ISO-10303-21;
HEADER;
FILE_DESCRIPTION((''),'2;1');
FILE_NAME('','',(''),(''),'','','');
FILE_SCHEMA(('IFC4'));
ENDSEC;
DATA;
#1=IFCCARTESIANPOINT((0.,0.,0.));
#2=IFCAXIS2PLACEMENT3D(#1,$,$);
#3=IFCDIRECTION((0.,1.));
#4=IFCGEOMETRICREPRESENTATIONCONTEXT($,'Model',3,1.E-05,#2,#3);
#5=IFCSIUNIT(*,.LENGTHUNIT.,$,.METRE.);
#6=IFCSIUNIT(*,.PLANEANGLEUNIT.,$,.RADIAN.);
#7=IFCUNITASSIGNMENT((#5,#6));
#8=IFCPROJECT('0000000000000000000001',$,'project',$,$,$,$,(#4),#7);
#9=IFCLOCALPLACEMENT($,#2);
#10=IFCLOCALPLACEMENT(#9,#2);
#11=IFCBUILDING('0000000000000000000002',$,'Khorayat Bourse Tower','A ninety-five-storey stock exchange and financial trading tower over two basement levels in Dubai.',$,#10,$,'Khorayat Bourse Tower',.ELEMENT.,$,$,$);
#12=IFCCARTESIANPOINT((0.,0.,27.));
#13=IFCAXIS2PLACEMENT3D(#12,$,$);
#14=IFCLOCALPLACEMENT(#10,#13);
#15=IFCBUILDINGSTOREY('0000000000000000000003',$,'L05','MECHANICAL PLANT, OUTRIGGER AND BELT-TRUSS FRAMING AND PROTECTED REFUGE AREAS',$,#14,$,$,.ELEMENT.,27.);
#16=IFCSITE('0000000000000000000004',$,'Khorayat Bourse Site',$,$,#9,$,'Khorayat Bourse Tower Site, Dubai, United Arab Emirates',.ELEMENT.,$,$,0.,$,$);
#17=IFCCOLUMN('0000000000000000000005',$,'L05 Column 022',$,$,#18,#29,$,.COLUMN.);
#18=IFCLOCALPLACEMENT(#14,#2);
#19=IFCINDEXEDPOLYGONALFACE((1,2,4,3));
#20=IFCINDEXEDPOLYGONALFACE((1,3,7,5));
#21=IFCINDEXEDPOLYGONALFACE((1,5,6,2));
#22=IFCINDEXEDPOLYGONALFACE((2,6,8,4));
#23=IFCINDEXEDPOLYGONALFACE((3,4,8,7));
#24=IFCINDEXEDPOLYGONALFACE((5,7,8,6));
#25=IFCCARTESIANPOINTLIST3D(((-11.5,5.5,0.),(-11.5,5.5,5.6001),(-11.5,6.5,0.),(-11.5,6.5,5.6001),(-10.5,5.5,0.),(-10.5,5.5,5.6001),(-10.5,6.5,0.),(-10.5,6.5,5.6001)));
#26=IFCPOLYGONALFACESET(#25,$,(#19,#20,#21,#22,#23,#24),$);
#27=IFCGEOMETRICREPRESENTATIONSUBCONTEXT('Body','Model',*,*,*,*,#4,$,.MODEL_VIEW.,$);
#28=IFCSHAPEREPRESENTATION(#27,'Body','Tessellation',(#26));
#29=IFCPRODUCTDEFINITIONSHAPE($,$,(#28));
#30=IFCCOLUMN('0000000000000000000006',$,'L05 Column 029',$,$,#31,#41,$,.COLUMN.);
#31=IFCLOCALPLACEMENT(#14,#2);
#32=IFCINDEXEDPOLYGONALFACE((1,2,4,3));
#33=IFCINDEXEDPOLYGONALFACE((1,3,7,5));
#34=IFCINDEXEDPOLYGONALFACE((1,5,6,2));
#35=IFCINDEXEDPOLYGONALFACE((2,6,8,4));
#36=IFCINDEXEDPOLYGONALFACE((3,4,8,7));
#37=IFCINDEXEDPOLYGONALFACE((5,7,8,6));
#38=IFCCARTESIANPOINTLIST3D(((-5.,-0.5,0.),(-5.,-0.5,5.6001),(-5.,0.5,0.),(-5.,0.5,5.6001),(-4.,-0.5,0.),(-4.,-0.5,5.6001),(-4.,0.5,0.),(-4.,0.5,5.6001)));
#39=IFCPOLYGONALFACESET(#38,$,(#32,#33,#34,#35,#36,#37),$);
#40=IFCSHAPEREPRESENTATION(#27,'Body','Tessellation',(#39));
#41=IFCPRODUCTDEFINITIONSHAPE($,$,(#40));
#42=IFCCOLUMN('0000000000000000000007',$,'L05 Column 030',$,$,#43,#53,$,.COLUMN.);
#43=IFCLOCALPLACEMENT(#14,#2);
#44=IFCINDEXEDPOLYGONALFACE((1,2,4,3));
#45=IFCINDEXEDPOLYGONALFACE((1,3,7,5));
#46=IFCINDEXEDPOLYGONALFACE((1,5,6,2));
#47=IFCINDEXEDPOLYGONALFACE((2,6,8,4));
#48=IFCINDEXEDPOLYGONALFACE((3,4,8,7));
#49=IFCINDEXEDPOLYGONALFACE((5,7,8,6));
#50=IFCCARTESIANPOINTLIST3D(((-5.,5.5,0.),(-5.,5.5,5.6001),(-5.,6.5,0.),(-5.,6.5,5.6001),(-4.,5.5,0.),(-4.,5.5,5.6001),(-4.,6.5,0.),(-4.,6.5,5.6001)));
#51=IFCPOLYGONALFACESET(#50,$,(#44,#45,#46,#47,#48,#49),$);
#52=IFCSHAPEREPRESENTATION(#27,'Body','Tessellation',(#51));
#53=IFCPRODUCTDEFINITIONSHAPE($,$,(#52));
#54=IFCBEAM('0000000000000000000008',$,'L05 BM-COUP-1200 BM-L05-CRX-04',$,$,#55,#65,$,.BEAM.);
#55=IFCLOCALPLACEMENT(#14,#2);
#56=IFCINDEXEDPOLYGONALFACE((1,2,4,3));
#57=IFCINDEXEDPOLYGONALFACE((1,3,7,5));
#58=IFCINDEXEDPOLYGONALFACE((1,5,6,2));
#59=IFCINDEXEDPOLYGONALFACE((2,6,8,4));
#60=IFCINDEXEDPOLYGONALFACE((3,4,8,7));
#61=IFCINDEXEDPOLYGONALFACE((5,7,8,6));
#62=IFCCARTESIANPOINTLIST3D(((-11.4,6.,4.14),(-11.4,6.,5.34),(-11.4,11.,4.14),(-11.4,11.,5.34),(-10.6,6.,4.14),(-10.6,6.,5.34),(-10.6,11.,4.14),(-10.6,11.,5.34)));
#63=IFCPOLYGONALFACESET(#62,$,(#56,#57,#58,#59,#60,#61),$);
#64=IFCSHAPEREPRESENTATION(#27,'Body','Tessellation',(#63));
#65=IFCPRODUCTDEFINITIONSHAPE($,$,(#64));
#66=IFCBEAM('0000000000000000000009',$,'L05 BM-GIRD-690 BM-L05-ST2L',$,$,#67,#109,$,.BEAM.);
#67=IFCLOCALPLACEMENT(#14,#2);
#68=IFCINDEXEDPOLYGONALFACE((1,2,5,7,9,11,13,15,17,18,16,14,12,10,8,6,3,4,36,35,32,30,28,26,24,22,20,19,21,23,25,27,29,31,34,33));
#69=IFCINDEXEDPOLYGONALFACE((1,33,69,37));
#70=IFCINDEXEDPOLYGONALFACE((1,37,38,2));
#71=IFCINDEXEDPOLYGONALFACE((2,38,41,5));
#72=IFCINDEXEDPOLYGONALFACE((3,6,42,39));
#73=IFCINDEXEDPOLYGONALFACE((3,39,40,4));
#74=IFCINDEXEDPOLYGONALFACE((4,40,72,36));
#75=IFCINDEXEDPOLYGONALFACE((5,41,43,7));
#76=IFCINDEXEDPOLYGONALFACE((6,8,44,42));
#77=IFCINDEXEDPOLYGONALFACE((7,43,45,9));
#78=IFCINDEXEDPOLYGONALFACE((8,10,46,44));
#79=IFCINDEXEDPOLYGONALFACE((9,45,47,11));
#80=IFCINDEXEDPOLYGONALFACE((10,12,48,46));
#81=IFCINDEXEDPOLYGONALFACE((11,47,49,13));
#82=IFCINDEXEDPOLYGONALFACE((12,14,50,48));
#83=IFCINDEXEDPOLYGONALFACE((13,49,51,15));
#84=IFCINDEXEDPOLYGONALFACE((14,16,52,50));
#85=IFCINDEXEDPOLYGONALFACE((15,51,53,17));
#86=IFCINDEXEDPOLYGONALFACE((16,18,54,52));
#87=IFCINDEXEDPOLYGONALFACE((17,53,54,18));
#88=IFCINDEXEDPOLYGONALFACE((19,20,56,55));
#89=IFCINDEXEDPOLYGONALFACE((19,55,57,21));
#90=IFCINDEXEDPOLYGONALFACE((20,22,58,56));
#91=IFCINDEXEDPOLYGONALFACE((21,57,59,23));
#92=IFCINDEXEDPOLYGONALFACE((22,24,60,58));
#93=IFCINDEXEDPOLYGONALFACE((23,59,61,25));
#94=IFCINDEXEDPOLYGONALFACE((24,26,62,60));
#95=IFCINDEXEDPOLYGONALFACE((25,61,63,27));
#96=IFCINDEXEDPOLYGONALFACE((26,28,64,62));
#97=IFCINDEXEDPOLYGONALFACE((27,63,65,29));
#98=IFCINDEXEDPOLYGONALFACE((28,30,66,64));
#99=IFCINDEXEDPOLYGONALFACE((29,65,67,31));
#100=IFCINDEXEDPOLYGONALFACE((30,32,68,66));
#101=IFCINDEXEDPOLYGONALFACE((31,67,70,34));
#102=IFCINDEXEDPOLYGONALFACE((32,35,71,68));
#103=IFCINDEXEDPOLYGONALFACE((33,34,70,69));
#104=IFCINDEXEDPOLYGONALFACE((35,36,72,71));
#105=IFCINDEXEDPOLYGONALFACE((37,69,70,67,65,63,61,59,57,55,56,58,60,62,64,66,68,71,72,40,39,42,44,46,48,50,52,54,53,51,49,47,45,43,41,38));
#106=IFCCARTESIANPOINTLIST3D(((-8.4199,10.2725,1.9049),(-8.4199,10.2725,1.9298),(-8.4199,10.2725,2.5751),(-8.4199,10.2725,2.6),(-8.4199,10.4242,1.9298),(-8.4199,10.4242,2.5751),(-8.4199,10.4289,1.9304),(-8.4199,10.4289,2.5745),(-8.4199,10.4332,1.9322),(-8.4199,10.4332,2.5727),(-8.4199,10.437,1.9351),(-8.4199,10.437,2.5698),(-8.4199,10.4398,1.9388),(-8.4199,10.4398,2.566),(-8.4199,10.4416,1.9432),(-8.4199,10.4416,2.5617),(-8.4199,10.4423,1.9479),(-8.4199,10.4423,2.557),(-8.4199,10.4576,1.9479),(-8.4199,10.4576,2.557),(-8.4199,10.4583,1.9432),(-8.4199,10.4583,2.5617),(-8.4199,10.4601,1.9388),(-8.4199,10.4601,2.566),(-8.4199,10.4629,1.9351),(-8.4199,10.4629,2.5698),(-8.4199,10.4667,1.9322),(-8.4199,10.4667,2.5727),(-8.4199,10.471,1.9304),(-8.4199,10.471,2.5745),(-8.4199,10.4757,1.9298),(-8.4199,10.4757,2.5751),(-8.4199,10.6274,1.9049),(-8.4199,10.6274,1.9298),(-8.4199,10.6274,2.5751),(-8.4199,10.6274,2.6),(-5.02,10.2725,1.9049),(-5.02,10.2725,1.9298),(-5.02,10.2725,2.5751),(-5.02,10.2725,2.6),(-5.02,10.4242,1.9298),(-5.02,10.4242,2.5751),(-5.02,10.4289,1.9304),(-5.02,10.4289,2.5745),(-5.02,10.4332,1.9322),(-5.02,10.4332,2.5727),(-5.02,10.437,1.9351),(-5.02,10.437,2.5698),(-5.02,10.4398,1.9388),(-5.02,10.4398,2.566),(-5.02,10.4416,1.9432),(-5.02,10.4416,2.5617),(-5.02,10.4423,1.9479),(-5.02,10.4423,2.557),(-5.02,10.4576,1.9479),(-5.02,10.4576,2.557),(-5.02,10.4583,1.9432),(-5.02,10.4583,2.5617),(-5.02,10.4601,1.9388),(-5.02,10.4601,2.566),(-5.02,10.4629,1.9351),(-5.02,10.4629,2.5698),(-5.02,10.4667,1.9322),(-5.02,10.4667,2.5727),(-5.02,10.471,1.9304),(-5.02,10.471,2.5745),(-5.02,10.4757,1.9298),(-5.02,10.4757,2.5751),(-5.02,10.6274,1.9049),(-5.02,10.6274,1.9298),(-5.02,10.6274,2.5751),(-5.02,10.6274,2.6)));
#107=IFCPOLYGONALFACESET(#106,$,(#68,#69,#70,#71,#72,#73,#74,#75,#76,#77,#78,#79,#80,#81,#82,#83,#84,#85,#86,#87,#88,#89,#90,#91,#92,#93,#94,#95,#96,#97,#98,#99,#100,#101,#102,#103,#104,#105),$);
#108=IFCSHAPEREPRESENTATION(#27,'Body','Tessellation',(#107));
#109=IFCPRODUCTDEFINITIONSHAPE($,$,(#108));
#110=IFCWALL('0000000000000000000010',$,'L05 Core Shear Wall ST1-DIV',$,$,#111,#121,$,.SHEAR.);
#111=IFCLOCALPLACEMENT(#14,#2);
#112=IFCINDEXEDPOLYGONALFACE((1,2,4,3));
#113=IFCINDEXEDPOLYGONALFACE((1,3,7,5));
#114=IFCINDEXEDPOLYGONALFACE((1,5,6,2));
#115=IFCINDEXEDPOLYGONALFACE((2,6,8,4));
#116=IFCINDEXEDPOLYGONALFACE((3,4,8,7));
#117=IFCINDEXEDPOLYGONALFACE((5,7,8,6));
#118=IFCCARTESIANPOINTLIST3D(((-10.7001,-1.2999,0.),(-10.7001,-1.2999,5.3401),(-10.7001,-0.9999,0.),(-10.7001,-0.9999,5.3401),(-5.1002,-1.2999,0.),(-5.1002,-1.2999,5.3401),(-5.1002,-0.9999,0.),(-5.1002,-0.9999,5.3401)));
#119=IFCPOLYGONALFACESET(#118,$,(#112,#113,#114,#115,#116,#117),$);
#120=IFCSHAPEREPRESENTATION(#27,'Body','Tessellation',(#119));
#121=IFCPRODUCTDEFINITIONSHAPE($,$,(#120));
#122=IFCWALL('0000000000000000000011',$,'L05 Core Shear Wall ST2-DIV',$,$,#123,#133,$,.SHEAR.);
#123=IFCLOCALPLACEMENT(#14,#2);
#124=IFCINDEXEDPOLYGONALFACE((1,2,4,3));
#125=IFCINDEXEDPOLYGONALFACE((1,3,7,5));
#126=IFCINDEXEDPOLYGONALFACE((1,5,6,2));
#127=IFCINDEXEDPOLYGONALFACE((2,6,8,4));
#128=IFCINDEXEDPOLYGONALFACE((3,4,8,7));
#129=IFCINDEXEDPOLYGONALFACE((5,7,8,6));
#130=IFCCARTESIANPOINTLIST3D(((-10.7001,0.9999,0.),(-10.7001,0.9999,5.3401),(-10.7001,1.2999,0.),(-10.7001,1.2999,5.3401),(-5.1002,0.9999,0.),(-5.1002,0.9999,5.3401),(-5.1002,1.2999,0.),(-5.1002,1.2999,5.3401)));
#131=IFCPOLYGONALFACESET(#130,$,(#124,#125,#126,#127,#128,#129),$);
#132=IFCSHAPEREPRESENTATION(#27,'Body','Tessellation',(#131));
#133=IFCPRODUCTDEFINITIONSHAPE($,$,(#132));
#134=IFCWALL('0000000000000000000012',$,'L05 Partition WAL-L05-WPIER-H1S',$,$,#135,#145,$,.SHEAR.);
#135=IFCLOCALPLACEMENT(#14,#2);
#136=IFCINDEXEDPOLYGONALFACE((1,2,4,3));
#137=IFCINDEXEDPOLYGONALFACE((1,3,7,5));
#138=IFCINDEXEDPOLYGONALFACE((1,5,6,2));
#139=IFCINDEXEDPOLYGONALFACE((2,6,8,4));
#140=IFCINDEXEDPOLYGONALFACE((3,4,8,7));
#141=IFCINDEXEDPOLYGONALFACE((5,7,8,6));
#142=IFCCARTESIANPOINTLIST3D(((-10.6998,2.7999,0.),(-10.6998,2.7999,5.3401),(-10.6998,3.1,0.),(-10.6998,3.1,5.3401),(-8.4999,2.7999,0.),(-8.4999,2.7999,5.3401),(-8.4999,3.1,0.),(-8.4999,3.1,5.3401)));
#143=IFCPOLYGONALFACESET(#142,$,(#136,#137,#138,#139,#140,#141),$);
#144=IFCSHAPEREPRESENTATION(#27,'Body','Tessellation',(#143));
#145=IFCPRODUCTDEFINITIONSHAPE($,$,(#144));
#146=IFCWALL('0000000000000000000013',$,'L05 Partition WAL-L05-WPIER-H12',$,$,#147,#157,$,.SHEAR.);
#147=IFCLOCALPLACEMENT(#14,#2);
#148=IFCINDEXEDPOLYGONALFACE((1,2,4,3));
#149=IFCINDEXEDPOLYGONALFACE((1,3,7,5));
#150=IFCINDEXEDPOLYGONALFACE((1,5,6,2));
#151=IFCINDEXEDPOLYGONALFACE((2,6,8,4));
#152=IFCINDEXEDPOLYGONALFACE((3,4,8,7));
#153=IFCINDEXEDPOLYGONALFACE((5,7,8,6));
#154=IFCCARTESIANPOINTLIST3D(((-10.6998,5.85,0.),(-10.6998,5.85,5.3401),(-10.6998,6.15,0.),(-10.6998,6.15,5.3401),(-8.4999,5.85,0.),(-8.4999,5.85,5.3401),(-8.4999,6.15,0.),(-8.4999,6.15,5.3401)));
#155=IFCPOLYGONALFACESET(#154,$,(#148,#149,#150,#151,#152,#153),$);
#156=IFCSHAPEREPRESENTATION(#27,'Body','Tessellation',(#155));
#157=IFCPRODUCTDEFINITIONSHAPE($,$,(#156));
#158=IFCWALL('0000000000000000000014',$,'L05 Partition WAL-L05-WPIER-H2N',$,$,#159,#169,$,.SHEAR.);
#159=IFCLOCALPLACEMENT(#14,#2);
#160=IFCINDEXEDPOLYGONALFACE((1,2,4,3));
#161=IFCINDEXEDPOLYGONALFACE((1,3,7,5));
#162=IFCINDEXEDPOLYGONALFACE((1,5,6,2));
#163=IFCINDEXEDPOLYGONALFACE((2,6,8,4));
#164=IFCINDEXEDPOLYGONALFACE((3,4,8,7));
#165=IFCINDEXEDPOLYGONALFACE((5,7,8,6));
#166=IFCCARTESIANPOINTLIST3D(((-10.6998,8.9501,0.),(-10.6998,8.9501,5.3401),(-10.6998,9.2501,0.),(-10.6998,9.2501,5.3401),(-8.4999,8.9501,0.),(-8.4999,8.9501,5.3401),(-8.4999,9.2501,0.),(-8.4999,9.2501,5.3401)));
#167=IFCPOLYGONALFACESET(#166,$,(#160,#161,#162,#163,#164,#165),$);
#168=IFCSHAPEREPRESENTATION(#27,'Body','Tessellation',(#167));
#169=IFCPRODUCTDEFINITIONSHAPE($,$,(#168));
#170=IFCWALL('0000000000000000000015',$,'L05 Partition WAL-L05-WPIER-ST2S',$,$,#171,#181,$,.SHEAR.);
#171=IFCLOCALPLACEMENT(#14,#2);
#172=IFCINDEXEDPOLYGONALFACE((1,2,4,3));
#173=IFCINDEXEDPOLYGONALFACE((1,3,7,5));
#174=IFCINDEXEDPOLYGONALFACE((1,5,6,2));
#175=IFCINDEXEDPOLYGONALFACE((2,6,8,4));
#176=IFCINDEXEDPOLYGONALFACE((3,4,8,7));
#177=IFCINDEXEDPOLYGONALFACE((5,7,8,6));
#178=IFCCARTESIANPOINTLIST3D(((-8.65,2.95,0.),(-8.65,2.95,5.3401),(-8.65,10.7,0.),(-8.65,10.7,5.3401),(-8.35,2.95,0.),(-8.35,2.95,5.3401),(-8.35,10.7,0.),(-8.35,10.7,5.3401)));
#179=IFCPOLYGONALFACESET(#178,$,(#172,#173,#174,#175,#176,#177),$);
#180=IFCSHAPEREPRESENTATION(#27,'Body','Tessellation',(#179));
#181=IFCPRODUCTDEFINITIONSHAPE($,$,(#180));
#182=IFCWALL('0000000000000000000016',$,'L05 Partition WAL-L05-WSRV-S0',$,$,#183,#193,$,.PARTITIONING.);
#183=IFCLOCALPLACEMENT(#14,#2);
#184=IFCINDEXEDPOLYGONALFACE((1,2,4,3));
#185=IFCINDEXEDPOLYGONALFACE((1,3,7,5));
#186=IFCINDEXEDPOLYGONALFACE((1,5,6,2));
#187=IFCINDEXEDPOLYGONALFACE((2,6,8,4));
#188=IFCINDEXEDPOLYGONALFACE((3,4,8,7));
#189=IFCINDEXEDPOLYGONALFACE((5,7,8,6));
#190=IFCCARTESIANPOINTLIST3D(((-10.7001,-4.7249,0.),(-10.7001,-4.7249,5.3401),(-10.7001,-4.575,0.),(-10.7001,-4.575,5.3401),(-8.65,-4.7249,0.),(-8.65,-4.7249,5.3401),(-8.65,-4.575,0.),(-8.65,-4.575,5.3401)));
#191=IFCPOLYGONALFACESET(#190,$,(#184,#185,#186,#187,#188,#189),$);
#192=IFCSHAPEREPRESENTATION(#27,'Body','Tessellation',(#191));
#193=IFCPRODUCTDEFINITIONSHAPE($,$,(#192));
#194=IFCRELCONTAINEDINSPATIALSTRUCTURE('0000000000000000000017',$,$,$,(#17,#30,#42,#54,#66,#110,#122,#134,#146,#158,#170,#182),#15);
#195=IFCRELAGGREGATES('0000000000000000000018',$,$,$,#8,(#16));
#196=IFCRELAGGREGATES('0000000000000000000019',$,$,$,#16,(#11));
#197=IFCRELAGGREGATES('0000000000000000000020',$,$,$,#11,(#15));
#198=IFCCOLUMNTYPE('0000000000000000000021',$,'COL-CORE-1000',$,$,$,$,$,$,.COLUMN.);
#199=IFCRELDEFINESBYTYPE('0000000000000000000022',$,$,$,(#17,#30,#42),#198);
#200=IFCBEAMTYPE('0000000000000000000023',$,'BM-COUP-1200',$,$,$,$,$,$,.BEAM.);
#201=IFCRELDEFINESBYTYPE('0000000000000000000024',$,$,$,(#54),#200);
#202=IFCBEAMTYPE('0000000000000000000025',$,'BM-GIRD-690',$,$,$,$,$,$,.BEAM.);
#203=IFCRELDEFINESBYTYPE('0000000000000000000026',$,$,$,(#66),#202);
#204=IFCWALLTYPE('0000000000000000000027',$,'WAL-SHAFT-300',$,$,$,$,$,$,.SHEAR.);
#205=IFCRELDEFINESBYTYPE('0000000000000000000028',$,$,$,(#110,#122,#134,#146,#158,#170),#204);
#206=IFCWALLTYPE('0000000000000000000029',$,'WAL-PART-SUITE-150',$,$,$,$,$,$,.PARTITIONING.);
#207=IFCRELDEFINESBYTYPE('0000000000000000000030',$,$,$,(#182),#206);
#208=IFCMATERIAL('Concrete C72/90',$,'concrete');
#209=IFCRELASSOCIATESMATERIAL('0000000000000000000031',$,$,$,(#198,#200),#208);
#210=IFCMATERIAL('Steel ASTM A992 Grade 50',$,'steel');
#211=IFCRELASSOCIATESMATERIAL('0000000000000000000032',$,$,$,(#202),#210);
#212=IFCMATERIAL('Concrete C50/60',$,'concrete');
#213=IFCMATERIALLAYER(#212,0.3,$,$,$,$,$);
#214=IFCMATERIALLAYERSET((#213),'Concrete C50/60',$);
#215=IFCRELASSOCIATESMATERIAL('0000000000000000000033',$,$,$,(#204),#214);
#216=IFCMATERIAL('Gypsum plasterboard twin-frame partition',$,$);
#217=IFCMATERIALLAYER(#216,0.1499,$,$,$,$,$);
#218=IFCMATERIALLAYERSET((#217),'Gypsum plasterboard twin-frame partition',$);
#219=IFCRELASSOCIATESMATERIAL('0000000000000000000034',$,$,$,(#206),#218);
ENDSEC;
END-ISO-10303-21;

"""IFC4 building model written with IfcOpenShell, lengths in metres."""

from ifc_helpers import new_model, si_unit, direction, frame, frame_2d, origin, origin_2d, place, context, subcontext, project, spatial, rectangle, i_section, extrude, source, transform, mapped, material, layer, layer_set, material_profile, profile_set, type_object, element, save


model = new_model("IFC4")

# Units and contexts
model_context = context("Model", 3, precision=1e-05, world=origin(), true_north=direction((0.0, 1.0)))
body_context = subcontext(model_context, "Body", "Model", "MODEL_VIEW")
ifc_project = project(units=[si_unit("LENGTHUNIT", "METRE"), si_unit("PLANEANGLEUNIT", "RADIAN")], contexts=[model_context])

# Site, building, storey
site_placement = place(None, origin())
site = spatial("IfcSite", under=ifc_project, at=site_placement, Name="Khorayat Bourse Site", LongName="Khorayat Bourse Tower Site, Dubai, United Arab Emirates", CompositionType="ELEMENT", RefElevation=0.0)
building_placement = place(site_placement, origin())
building = spatial("IfcBuilding", under=site, at=building_placement, Name="Khorayat Bourse Tower", Description="A ninety-five-storey stock exchange and financial trading tower over two basement levels in Dubai.", LongName="Khorayat Bourse Tower", CompositionType="ELEMENT")
storey_placement = place(building_placement, frame((0.0, 0.0, 27.0)))
storey = spatial("IfcBuildingStorey", under=building, at=storey_placement, Name="L05", Description="MECHANICAL PLANT, OUTRIGGER AND BELT-TRUSS FRAMING AND PROTECTED REFUGE AREAS", CompositionType="ELEMENT", Elevation=27.0)

# Columns
ifc_material_1 = material(Name="Concrete C72/90", Category="concrete")
ifc_material_profile_1 = material_profile(ifc_material_1, rectangle(XDim=1.0, YDim=1.0, at=origin_2d()), Name="RC 1000x1000")
ifc_profile_set_1 = profile_set([ifc_material_profile_1], Name="Concrete C72/90")
column_type = type_object("IfcColumnType", Name="COL-CORE-1000", PredefinedType="COLUMN", material=ifc_profile_set_1)
shared_shape_1 = source(origin(), body_context, "Body", "SweptSolid", [
    extrude(rectangle(XDim=1.0, YDim=1.0, at=origin_2d()), origin(), (0.0, 0.0, 1.0), 5.6001),
])
for number, where, z_axis, x_axis, name in (
    (1, (-11.0, 6.0, 0.0), (0.0, 0.0, 1.0), (1.0, 0.0, 0.0), "L05 Column 022"),
    (2, (-4.5, 0.0, 0.0), (0.0, 0.0, 1.0), (1.0, 0.0, 0.0), "L05 Column 029"),
    (3, (-4.5, 6.0, 0.0), (0.0, 0.0, 1.0), (1.0, 0.0, 0.0), "L05 Column 030"),
):
    element("IfcColumn", number, at=place(storey_placement, frame(where, z_axis=z_axis, x_axis=x_axis)), inside=storey, type_object=column_type, Name=name, PredefinedType="COLUMN", context=body_context, shape_type="MappedRepresentation", body=[
        mapped(shared_shape_1, transform((0.0, 0.0, 0.0), scale=1.0)),
    ])

# Beams
ifc_material_profile_2 = material_profile(ifc_material_1, rectangle(XDim=0.8, YDim=1.2, at=origin_2d()), Name="RC 800x1200")
ifc_profile_set_2 = profile_set([ifc_material_profile_2], Name="Concrete C72/90")
beam_type_1 = type_object("IfcBeamType", Name="BM-COUP-1200", PredefinedType="BEAM", material=ifc_profile_set_2)
shared_shape_2 = source(origin(), body_context, "Body", "SweptSolid", [
    extrude(rectangle(XDim=0.8, YDim=1.2, at=origin_2d()), origin(), (0.0, 0.0, 1.0), 5.0),
])
beam_1_placement = place(storey_placement, frame((-11.0, 6.0, 4.74), z_axis=(0.0, 1.0, 0.0), x_axis=(-1.0, 0.0, 0.0)))
element("IfcBeam", 4, at=beam_1_placement, inside=storey, type_object=beam_type_1, Name="L05 BM-COUP-1200 BM-L05-CRX-04", PredefinedType="BEAM", context=body_context, shape_type="MappedRepresentation", body=[
    mapped(shared_shape_2, transform((0.0, 0.0, 0.0), scale=1.0)),
])
ifc_material_2 = material(Name="Steel ASTM A992 Grade 50", Category="steel")
ifc_material_profile_3 = material_profile(ifc_material_2, i_section(OverallWidth=0.355, OverallDepth=0.6951, WebThickness=0.0154, FlangeThickness=0.0249, FilletRadius=0.0181, at=origin_2d()), Name="W690X217")
ifc_profile_set_3 = profile_set([ifc_material_profile_3], Name="Steel ASTM A992 Grade 50")
beam_type_2 = type_object("IfcBeamType", Name="BM-GIRD-690", PredefinedType="BEAM", material=ifc_profile_set_3)
shared_shape_3 = source(origin(), body_context, "Body", "SweptSolid", [
    extrude(i_section(OverallWidth=0.355, OverallDepth=0.6951, WebThickness=0.0154, FlangeThickness=0.0249, FilletRadius=0.0181, at=origin_2d()), origin(), (0.0, 0.0, 1.0), 3.3999),
])
beam_2_placement = place(storey_placement, frame((-8.4199, 10.45, 2.2524), z_axis=(1.0, 0.0, 0.0), x_axis=(0.0, 1.0, 0.0)))
element("IfcBeam", 5, at=beam_2_placement, inside=storey, type_object=beam_type_2, Name="L05 BM-GIRD-690 BM-L05-ST2L", PredefinedType="BEAM", context=body_context, shape_type="MappedRepresentation", body=[
    mapped(shared_shape_3, transform((0.0, 0.0, 0.0), scale=1.0)),
])

# Walls
ifc_material_3 = material(Name="Concrete C50/60", Category="concrete")
ifc_layer_1 = layer(ifc_material_3, 0.3)
ifc_layer_set_1 = layer_set([ifc_layer_1], Name="Concrete C50/60")
wall_type_1 = type_object("IfcWallType", Name="WAL-SHAFT-300", PredefinedType="SHEAR", material=ifc_layer_set_1)
shared_shape_4 = source(origin(), body_context, "Body", "SweptSolid", [
    extrude(rectangle(XDim=5.5999, YDim=0.3, at=frame_2d((2.7998, 0.0))), origin(), (0.0, 0.0, 1.0), 5.3401),
])
for number, where, z_axis, x_axis, name in (
    (6, (-10.7, -1.1499, 0.0), (0.0, 0.0, 1.0), (1.0, 0.0, 0.0), "L05 Core Shear Wall ST1-DIV"),
    (7, (-10.7, 1.1499, 0.0), (0.0, 0.0, 1.0), (1.0, 0.0, 0.0), "L05 Core Shear Wall ST2-DIV"),
):
    element("IfcWall", number, at=place(storey_placement, frame(where, z_axis=z_axis, x_axis=x_axis)), inside=storey, type_object=wall_type_1, Name=name, PredefinedType="SHEAR", context=body_context, shape_type="MappedRepresentation", body=[
        mapped(shared_shape_4, transform((0.0, 0.0, 0.0), scale=1.0)),
    ])
shared_shape_5 = source(origin(), body_context, "Body", "SweptSolid", [
    extrude(rectangle(XDim=2.2, YDim=0.3, at=frame_2d((1.1001, 0.0))), origin(), (0.0, 0.0, 1.0), 5.3401),
])
for number, where, z_axis, x_axis, name in (
    (8, (-10.7, 2.95, 0.0), (0.0, 0.0, 1.0), (1.0, 0.0, 0.0), "L05 Partition WAL-L05-WPIER-H1S"),
    (9, (-10.7, 6.0, 0.0), (0.0, 0.0, 1.0), (1.0, 0.0, 0.0), "L05 Partition WAL-L05-WPIER-H12"),
    (10, (-10.7, 9.1001, 0.0), (0.0, 0.0, 1.0), (1.0, 0.0, 0.0), "L05 Partition WAL-L05-WPIER-H2N"),
):
    element("IfcWall", number, at=place(storey_placement, frame(where, z_axis=z_axis, x_axis=x_axis)), inside=storey, type_object=wall_type_1, Name=name, PredefinedType="SHEAR", context=body_context, shape_type="MappedRepresentation", body=[
        mapped(shared_shape_5, transform((0.0, 0.0, 0.0), scale=1.0)),
    ])
shared_shape_6 = source(origin(), body_context, "Body", "SweptSolid", [
    extrude(rectangle(XDim=7.75, YDim=0.3, at=frame_2d((3.875, 0.0))), origin(), (0.0, 0.0, 1.0), 5.3401),
])
wall_1_placement = place(storey_placement, frame((-8.5, 2.95, 0.0), z_axis=(0.0, 0.0, 1.0), x_axis=(0.0, 1.0, 0.0)))
element("IfcWall", 11, at=wall_1_placement, inside=storey, type_object=wall_type_1, Name="L05 Partition WAL-L05-WPIER-ST2S", PredefinedType="SHEAR", context=body_context, shape_type="MappedRepresentation", body=[
    mapped(shared_shape_6, transform((0.0, 0.0, 0.0), scale=1.0)),
])
ifc_material_4 = material(Name="Gypsum plasterboard twin-frame partition")
ifc_layer_2 = layer(ifc_material_4, 0.1499)
ifc_layer_set_2 = layer_set([ifc_layer_2], Name="Gypsum plasterboard twin-frame partition")
wall_type_2 = type_object("IfcWallType", Name="WAL-PART-SUITE-150", PredefinedType="PARTITIONING", material=ifc_layer_set_2)
shared_shape_7 = source(origin(), body_context, "Body", "SweptSolid", [
    extrude(rectangle(XDim=2.05, YDim=0.1499, at=frame_2d((1.0249, 0.0))), origin(), (0.0, 0.0, 1.0), 5.3401),
])
wall_2_placement = place(storey_placement, frame((-10.7, -4.6499, 0.0), z_axis=(0.0, 0.0, 1.0), x_axis=(1.0, 0.0, 0.0)))
element("IfcWall", 12, at=wall_2_placement, inside=storey, type_object=wall_type_2, Name="L05 Partition WAL-L05-WSRV-S0", PredefinedType="PARTITIONING", context=body_context, shape_type="MappedRepresentation", body=[
    mapped(shared_shape_7, transform((0.0, 0.0, 0.0), scale=1.0)),
])

save(model, "model.ifc")
